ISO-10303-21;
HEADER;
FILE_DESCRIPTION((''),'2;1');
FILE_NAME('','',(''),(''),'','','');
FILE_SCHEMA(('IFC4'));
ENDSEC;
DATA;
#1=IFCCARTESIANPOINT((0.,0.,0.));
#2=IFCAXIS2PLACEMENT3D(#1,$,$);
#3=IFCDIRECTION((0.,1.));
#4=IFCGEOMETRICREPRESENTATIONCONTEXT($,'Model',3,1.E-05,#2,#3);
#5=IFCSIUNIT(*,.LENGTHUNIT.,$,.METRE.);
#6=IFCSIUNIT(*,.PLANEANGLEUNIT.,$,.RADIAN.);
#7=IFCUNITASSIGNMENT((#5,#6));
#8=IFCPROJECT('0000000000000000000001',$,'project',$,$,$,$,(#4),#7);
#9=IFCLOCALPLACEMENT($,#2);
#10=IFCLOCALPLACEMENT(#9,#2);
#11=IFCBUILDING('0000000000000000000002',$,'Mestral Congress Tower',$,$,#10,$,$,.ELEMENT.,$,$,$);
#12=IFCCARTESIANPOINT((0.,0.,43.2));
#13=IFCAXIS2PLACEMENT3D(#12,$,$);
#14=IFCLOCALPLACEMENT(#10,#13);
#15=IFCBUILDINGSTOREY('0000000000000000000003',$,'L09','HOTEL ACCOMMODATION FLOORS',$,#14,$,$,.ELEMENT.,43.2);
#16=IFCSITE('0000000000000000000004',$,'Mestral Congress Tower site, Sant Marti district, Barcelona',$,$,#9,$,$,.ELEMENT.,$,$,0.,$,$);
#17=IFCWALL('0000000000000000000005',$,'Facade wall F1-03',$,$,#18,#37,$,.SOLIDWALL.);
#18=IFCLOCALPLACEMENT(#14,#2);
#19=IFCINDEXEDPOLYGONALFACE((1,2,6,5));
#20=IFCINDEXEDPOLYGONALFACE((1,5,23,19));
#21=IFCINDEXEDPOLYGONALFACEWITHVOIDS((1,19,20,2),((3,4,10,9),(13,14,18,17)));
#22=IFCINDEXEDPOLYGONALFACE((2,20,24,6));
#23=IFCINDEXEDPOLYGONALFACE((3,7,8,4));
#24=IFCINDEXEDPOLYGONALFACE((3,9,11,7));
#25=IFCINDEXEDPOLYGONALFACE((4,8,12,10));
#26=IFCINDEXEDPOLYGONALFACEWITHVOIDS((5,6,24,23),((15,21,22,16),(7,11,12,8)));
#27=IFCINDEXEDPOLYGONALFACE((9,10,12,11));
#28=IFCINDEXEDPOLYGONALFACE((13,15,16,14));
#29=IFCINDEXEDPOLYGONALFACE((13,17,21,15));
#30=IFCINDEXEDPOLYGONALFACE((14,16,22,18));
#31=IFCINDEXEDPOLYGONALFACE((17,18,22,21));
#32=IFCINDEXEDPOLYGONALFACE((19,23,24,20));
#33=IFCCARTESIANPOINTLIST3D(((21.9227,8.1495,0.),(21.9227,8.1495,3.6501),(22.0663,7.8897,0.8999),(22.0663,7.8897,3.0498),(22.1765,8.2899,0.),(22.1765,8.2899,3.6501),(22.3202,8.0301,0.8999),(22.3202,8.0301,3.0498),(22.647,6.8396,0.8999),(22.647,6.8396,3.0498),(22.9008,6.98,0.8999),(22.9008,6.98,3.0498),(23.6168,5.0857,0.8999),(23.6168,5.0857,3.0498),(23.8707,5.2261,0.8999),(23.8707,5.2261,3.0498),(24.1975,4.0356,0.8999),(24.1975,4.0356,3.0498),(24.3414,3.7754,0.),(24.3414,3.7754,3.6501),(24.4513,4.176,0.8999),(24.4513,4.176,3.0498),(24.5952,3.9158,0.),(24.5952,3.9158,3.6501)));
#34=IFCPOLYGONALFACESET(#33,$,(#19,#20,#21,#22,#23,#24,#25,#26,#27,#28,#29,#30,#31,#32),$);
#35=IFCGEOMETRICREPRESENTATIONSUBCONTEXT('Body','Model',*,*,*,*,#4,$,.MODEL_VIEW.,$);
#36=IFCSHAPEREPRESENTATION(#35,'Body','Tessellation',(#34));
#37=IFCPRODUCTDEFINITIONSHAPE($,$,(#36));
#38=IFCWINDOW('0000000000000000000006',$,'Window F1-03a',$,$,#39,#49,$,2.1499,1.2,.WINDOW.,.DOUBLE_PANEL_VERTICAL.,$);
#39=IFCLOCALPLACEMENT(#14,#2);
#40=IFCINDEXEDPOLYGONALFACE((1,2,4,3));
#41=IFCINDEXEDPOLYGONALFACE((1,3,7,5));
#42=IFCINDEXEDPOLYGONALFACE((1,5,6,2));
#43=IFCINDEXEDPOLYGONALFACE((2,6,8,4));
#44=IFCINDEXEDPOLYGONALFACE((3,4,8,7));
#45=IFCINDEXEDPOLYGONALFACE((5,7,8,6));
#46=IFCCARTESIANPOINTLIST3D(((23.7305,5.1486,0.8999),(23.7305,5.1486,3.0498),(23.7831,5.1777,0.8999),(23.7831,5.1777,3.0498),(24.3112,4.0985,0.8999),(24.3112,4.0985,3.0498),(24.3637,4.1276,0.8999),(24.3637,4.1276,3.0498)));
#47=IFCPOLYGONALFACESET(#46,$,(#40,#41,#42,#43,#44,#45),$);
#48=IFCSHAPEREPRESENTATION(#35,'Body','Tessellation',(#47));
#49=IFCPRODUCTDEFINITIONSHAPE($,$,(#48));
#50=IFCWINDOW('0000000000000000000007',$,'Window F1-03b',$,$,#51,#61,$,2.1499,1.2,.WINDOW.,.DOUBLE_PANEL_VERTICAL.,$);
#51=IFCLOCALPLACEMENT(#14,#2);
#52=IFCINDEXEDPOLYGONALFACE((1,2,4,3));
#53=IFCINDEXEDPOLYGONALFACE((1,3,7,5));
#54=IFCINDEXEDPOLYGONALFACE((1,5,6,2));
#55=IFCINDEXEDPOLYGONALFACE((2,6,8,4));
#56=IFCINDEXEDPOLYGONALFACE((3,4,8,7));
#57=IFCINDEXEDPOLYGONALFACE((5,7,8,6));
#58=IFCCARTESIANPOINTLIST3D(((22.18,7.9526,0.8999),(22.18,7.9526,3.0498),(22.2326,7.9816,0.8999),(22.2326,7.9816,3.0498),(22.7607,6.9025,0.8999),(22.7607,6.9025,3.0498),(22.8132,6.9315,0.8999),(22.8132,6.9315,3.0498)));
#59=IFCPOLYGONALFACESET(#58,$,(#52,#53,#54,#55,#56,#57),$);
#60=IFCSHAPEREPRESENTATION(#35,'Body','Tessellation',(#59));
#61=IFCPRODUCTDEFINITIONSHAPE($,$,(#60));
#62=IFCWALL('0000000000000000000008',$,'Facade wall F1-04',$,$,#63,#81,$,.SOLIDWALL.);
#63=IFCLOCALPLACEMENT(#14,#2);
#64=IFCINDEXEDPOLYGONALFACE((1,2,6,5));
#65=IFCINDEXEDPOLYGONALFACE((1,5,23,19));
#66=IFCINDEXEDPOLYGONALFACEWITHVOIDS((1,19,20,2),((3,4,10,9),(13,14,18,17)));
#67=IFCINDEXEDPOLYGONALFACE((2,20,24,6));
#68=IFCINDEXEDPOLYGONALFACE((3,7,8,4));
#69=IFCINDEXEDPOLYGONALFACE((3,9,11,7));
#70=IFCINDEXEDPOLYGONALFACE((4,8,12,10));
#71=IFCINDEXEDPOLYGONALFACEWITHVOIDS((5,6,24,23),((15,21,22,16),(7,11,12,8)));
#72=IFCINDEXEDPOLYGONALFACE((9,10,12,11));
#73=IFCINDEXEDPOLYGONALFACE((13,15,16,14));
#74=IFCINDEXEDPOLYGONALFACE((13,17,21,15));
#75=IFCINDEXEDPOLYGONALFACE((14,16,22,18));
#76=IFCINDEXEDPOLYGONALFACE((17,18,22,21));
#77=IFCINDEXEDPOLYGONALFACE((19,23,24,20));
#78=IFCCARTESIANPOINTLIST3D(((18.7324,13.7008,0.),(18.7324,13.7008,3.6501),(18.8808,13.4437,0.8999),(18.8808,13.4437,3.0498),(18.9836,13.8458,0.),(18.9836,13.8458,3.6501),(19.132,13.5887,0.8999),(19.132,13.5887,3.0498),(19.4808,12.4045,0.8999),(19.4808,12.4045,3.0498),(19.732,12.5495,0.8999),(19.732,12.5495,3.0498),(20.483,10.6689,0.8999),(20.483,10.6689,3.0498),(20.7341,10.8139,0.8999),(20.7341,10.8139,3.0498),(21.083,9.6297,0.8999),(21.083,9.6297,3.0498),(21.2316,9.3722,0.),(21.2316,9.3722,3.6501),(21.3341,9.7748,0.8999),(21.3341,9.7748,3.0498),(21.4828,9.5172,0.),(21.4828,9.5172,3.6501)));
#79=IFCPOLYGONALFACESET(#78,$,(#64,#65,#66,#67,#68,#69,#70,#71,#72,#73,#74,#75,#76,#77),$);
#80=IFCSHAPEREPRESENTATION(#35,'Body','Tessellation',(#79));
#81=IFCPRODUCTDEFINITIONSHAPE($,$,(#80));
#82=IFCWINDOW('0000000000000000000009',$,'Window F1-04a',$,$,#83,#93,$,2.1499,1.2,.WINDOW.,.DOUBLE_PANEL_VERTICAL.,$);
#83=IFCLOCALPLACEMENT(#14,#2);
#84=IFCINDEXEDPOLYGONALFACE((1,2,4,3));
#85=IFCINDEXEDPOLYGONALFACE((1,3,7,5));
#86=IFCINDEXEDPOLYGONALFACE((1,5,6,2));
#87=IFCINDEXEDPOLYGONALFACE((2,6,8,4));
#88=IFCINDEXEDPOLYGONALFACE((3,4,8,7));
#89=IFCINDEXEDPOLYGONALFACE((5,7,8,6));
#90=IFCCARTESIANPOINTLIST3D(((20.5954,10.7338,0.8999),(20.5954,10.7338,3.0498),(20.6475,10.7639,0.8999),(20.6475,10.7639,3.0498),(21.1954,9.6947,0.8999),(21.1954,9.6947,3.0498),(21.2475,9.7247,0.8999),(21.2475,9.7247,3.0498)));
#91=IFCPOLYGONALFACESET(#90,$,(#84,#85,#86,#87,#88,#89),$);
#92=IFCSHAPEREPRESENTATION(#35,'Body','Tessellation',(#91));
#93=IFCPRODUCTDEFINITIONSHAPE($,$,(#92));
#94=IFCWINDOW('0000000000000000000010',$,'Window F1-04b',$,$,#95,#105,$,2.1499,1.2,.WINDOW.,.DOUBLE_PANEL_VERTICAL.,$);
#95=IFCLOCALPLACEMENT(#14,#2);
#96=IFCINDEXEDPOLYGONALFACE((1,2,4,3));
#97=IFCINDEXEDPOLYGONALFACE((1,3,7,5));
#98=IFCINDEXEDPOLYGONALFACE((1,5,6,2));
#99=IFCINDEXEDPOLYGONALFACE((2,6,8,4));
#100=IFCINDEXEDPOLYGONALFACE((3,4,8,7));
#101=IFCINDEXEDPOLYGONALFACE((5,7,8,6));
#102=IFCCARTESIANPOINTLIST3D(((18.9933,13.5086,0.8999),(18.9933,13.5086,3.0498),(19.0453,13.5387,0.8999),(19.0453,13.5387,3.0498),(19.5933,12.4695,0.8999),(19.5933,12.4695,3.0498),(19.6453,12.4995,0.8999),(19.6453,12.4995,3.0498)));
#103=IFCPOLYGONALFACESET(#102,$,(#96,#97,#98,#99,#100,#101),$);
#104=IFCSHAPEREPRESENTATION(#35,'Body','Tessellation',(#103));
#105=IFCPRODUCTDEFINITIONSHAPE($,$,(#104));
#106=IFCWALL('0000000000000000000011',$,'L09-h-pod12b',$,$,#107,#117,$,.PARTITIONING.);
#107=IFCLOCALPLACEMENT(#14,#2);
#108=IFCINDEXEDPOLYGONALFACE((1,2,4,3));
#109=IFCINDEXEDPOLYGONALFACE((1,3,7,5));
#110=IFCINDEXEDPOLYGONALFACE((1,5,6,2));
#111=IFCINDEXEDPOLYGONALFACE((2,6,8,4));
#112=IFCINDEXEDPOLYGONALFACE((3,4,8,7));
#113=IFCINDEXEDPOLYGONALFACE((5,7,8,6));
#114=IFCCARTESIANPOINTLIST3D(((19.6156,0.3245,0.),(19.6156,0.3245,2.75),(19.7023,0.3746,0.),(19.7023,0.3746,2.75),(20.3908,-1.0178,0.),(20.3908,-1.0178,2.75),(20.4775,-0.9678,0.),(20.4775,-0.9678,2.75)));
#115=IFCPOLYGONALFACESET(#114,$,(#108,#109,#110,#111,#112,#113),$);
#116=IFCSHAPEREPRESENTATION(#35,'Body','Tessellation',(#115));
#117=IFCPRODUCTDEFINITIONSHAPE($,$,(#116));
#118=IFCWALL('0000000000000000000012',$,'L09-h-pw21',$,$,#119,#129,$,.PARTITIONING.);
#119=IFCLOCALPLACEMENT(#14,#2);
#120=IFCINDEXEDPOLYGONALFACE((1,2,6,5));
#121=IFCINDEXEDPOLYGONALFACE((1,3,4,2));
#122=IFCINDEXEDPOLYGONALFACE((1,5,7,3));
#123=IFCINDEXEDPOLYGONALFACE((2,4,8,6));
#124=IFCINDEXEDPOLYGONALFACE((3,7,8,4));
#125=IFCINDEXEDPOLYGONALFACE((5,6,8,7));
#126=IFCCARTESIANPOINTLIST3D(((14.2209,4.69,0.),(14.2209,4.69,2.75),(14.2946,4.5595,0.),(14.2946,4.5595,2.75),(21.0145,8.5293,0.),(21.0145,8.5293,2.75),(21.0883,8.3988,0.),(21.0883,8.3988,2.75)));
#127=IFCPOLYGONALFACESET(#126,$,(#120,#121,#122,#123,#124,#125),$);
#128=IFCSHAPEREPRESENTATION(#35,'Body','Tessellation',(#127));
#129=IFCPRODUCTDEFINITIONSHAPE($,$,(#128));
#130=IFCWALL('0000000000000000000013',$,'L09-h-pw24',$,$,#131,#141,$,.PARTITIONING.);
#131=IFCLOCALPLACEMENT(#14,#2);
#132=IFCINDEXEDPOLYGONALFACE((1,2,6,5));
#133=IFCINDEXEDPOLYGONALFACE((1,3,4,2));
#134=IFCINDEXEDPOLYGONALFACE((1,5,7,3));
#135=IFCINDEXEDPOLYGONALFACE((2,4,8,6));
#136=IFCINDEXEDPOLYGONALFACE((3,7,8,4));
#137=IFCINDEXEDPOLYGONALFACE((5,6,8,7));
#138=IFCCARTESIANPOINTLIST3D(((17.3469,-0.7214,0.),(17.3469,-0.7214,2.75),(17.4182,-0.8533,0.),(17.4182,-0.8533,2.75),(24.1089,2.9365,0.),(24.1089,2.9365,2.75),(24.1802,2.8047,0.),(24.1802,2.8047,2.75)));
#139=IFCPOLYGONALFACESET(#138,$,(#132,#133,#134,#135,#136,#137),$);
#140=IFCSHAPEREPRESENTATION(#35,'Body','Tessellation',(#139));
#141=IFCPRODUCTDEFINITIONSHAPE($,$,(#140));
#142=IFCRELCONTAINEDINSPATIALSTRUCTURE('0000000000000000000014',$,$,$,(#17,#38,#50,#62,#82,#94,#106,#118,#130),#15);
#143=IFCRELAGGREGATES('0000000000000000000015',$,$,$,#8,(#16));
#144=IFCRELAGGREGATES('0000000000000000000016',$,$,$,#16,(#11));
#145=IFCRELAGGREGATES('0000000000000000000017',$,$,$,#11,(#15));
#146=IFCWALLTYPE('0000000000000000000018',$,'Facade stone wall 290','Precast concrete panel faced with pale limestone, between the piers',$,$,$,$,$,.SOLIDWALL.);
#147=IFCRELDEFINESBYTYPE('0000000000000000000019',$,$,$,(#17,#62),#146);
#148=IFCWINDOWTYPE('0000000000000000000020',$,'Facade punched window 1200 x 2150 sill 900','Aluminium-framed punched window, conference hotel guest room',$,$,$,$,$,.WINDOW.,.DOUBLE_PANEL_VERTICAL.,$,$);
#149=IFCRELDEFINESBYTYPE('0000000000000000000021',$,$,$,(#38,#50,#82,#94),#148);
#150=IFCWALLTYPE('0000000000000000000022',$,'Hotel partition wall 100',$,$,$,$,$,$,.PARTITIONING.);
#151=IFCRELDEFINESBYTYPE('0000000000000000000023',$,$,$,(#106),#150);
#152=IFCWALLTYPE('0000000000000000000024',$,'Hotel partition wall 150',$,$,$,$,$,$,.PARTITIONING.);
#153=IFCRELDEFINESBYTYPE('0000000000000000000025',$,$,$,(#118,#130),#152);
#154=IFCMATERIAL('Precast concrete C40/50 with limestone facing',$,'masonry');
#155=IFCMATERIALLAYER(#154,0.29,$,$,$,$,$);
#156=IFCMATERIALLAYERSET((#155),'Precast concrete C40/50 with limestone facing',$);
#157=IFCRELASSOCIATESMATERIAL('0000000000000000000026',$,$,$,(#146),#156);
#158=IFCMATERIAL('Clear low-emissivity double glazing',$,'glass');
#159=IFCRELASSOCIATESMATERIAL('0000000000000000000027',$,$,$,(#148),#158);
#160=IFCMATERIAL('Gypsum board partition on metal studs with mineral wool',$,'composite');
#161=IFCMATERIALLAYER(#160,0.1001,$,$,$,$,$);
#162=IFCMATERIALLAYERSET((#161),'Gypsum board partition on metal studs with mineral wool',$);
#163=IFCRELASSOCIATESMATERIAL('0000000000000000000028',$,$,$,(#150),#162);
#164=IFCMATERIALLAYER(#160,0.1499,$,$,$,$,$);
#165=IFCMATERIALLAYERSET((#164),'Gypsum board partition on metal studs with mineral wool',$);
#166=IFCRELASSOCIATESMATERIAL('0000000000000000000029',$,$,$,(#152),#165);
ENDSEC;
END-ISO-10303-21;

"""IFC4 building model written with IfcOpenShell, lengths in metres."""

from ifc_helpers import new_model, si_unit, direction, frame, frame_2d, origin, place, context, subcontext, project, spatial, rectangle, extrude, material, layer, layer_set, type_object, element, fill, save


model = new_model("IFC4")

# Units and contexts
model_context = context("Model", 3, precision=1e-05, world=origin(), true_north=direction((0.0, 1.0)))
body_context = subcontext(model_context, "Body", "Model", "MODEL_VIEW")
ifc_project = project(units=[si_unit("LENGTHUNIT", "METRE"), si_unit("PLANEANGLEUNIT", "RADIAN")], contexts=[model_context])

# Site, building, storey
site_placement = place(None, origin())
site = spatial("IfcSite", under=ifc_project, at=site_placement, Name="Mestral Congress Tower site, Sant Marti district, Barcelona", CompositionType="ELEMENT", RefElevation=0.0)
building_placement = place(site_placement, origin())
building = spatial("IfcBuilding", under=site, at=building_placement, Name="Mestral Congress Tower", CompositionType="ELEMENT")
storey_placement = place(building_placement, frame((0.0, 0.0, 43.2)))
storey = spatial("IfcBuildingStorey", under=building, at=storey_placement, Name="L09", Description="HOTEL ACCOMMODATION FLOORS", CompositionType="ELEMENT", Elevation=43.2)

# Walls, openings, windows
ifc_material_1 = material(Name="Precast concrete C40/50 with limestone facing", Category="masonry")
ifc_layer_1 = layer(ifc_material_1, 0.29)
ifc_layer_set_1 = layer_set([ifc_layer_1], Name="Precast concrete C40/50 with limestone facing")
wall_type_1 = type_object("IfcWallType", Name="Facade stone wall 290", Description="Precast concrete panel faced with pale limestone, between the piers", PredefinedType="SOLIDWALL", material=ifc_layer_set_1)
ifc_material_2 = material(Name="Clear low-emissivity double glazing", Category="glass")
window_type = type_object("IfcWindowType", Name="Facade punched window 1200 x 2150 sill 900", Description="Aluminium-framed punched window, conference hotel guest room", PartitioningType="DOUBLE_PANEL_VERTICAL", PredefinedType="WINDOW", material=ifc_material_2)
wall_1_placement = place(storey_placement, frame((24.4683, 3.8457, 0.0), z_axis=(0.0, 0.0, 1.0), x_axis=(-0.483913, 0.875116, 0.0)))
wall_1 = element("IfcWall", 1, at=wall_1_placement, inside=storey, type_object=wall_type_1, Name="Facade wall F1-03", PredefinedType="SOLIDWALL", context=body_context, shape_type="SweptSolid", body=[
    extrude(rectangle(XDim=4.9983, YDim=0.29, at=frame_2d((2.499, 0.0))), origin(), (0.0, 0.0, 1.0), 3.6501),
])
opening_1_placement = place(wall_1_placement, frame((0.2971, 0.0, 0.8999)))
opening_1 = element("IfcOpeningElement", 2, at=opening_1_placement, cuts=wall_1, PredefinedType="OPENING", context=body_context, shape_type="SweptSolid", body=[
    extrude(rectangle(XDim=1.2, YDim=2.1499, at=frame_2d((0.6001, 1.075))), frame((0.0, 0.155, 0.0), z_axis=(0.0, -1.0, 0.0), x_axis=(1.0, 0.0, 0.0)), (0.0, 0.0, 1.0), 0.3101),
])
opening_2_placement = place(wall_1_placement, frame((3.5012, 0.0, 0.8999)))
opening_2 = element("IfcOpeningElement", 3, at=opening_2_placement, cuts=wall_1, PredefinedType="OPENING", context=body_context, shape_type="SweptSolid", body=[
    extrude(rectangle(XDim=1.2, YDim=2.1499, at=frame_2d((0.6001, 1.075))), frame((0.0, 0.155, 0.0), z_axis=(0.0, -1.0, 0.0), x_axis=(1.0, 0.0, 0.0)), (0.0, 0.0, 1.0), 0.3101),
])
window_1_placement = place(opening_1_placement, origin())
window_1 = element("IfcWindow", 4, at=window_1_placement, inside=storey, type_object=window_type, Name="Window F1-03a", OverallHeight=2.1499, OverallWidth=1.2, PartitioningType="DOUBLE_PANEL_VERTICAL", PredefinedType="WINDOW", context=body_context, shape_type="SweptSolid", body=[
    extrude(rectangle(XDim=1.2, YDim=2.1499, at=frame_2d((0.6001, 1.075))), frame((0.0, 0.0151, 0.0), z_axis=(0.0, -1.0, 0.0), x_axis=(1.0, 0.0, 0.0)), (0.0, 0.0, 1.0), 0.0601),
])
fill(opening_1, window_1)
window_2_placement = place(opening_2_placement, origin())
window_2 = element("IfcWindow", 5, at=window_2_placement, inside=storey, type_object=window_type, Name="Window F1-03b", OverallHeight=2.1499, OverallWidth=1.2, PartitioningType="DOUBLE_PANEL_VERTICAL", PredefinedType="WINDOW", context=body_context, shape_type="SweptSolid", body=[
    extrude(rectangle(XDim=1.2, YDim=2.1499, at=frame_2d((0.6001, 1.075))), frame((0.0, 0.0151, 0.0), z_axis=(0.0, -1.0, 0.0), x_axis=(1.0, 0.0, 0.0)), (0.0, 0.0, 1.0), 0.0601),
])
fill(opening_2, window_2)
wall_2_placement = place(storey_placement, frame((21.3572, 9.4448, 0.0), z_axis=(0.0, 0.0, 1.0), x_axis=(-0.500021, 0.866013, 0.0)))
wall_2 = element("IfcWall", 6, at=wall_2_placement, inside=storey, type_object=wall_type_1, Name="Facade wall F1-04", PredefinedType="SOLIDWALL", context=body_context, shape_type="SweptSolid", body=[
    extrude(rectangle(XDim=4.9983, YDim=0.29, at=frame_2d((2.499, 0.0))), origin(), (0.0, 0.0, 1.0), 3.6501),
])
opening_3_placement = place(wall_2_placement, frame((0.2971, 0.0, 0.8999)))
opening_3 = element("IfcOpeningElement", 7, at=opening_3_placement, cuts=wall_2, PredefinedType="OPENING", context=body_context, shape_type="SweptSolid", body=[
    extrude(rectangle(XDim=1.2, YDim=2.1499, at=frame_2d((0.6001, 1.075))), frame((0.0, 0.155, 0.0), z_axis=(0.0, -1.0, 0.0), x_axis=(1.0, 0.0, 0.0)), (0.0, 0.0, 1.0), 0.3101),
])
opening_4_placement = place(wall_2_placement, frame((3.5012, 0.0, 0.8999)))
opening_4 = element("IfcOpeningElement", 8, at=opening_4_placement, cuts=wall_2, PredefinedType="OPENING", context=body_context, shape_type="SweptSolid", body=[
    extrude(rectangle(XDim=1.2, YDim=2.1499, at=frame_2d((0.6001, 1.075))), frame((0.0, 0.155, 0.0), z_axis=(0.0, -1.0, 0.0), x_axis=(1.0, 0.0, 0.0)), (0.0, 0.0, 1.0), 0.3101),
])
window_3_placement = place(opening_3_placement, origin())
window_3 = element("IfcWindow", 9, at=window_3_placement, inside=storey, type_object=window_type, Name="Window F1-04a", OverallHeight=2.1499, OverallWidth=1.2, PartitioningType="DOUBLE_PANEL_VERTICAL", PredefinedType="WINDOW", context=body_context, shape_type="SweptSolid", body=[
    extrude(rectangle(XDim=1.2, YDim=2.1499, at=frame_2d((0.6001, 1.075))), frame((0.0, 0.0151, 0.0), z_axis=(0.0, -1.0, 0.0), x_axis=(1.0, 0.0, 0.0)), (0.0, 0.0, 1.0), 0.0601),
])
fill(opening_3, window_3)
window_4_placement = place(opening_4_placement, origin())
window_4 = element("IfcWindow", 10, at=window_4_placement, inside=storey, type_object=window_type, Name="Window F1-04b", OverallHeight=2.1499, OverallWidth=1.2, PartitioningType="DOUBLE_PANEL_VERTICAL", PredefinedType="WINDOW", context=body_context, shape_type="SweptSolid", body=[
    extrude(rectangle(XDim=1.2, YDim=2.1499, at=frame_2d((0.6001, 1.075))), frame((0.0, 0.0151, 0.0), z_axis=(0.0, -1.0, 0.0), x_axis=(1.0, 0.0, 0.0)), (0.0, 0.0, 1.0), 0.0601),
])
fill(opening_4, window_4)

# Walls
ifc_material_3 = material(Name="Gypsum board partition on metal studs with mineral wool", Category="composite")
ifc_layer_2 = layer(ifc_material_3, 0.1001)
ifc_layer_set_2 = layer_set([ifc_layer_2], Name="Gypsum board partition on metal studs with mineral wool")
wall_type_2 = type_object("IfcWallType", Name="Hotel partition wall 100", PredefinedType="PARTITIONING", material=ifc_layer_set_2)
wall_3_placement = place(storey_placement, frame((20.4341, -0.9927, 0.0), z_axis=(0.0, 0.0, 1.0), x_axis=(-0.500086, 0.865976, 0.0)))
element("IfcWall", 11, at=wall_3_placement, inside=storey, type_object=wall_type_2, Name="L09-h-pod12b", PredefinedType="PARTITIONING", context=body_context, shape_type="SweptSolid", body=[
    extrude(rectangle(XDim=1.55, YDim=0.1001, at=frame_2d((0.7749, 0.0))), origin(), (0.0, 0.0, 1.0), 2.75),
])
ifc_layer_3 = layer(ifc_material_3, 0.1499)
ifc_layer_set_3 = layer_set([ifc_layer_3], Name="Gypsum board partition on metal studs with mineral wool")
wall_type_3 = type_object("IfcWallType", Name="Hotel partition wall 150", PredefinedType="PARTITIONING", material=ifc_layer_set_3)
wall_4_placement = place(storey_placement, frame((21.0515, 8.4641, 0.0), z_axis=(0.0, 0.0, 1.0), x_axis=(-0.870594, -0.492003, 0.0)))
element("IfcWall", 12, at=wall_4_placement, inside=storey, type_object=wall_type_3, Name="L09-h-pw21", PredefinedType="PARTITIONING", context=body_context, shape_type="SweptSolid", body=[
    extrude(rectangle(XDim=7.8035, YDim=0.1499, at=frame_2d((3.9019, 0.0))), origin(), (0.0, 0.0, 1.0), 2.75),
])
wall_5_placement = place(storey_placement, frame((24.1445, 2.8706, 0.0), z_axis=(0.0, 0.0, 1.0), x_axis=(-0.879552, -0.475803, 0.0)))
element("IfcWall", 13, at=wall_5_placement, inside=storey, type_object=wall_type_3, Name="L09-h-pw24", PredefinedType="PARTITIONING", context=body_context, shape_type="SweptSolid", body=[
    extrude(rectangle(XDim=7.688, YDim=0.1499, at=frame_2d((3.844, 0.0))), origin(), (0.0, 0.0, 1.0), 2.75),
])

save(model, "model.ifc")
